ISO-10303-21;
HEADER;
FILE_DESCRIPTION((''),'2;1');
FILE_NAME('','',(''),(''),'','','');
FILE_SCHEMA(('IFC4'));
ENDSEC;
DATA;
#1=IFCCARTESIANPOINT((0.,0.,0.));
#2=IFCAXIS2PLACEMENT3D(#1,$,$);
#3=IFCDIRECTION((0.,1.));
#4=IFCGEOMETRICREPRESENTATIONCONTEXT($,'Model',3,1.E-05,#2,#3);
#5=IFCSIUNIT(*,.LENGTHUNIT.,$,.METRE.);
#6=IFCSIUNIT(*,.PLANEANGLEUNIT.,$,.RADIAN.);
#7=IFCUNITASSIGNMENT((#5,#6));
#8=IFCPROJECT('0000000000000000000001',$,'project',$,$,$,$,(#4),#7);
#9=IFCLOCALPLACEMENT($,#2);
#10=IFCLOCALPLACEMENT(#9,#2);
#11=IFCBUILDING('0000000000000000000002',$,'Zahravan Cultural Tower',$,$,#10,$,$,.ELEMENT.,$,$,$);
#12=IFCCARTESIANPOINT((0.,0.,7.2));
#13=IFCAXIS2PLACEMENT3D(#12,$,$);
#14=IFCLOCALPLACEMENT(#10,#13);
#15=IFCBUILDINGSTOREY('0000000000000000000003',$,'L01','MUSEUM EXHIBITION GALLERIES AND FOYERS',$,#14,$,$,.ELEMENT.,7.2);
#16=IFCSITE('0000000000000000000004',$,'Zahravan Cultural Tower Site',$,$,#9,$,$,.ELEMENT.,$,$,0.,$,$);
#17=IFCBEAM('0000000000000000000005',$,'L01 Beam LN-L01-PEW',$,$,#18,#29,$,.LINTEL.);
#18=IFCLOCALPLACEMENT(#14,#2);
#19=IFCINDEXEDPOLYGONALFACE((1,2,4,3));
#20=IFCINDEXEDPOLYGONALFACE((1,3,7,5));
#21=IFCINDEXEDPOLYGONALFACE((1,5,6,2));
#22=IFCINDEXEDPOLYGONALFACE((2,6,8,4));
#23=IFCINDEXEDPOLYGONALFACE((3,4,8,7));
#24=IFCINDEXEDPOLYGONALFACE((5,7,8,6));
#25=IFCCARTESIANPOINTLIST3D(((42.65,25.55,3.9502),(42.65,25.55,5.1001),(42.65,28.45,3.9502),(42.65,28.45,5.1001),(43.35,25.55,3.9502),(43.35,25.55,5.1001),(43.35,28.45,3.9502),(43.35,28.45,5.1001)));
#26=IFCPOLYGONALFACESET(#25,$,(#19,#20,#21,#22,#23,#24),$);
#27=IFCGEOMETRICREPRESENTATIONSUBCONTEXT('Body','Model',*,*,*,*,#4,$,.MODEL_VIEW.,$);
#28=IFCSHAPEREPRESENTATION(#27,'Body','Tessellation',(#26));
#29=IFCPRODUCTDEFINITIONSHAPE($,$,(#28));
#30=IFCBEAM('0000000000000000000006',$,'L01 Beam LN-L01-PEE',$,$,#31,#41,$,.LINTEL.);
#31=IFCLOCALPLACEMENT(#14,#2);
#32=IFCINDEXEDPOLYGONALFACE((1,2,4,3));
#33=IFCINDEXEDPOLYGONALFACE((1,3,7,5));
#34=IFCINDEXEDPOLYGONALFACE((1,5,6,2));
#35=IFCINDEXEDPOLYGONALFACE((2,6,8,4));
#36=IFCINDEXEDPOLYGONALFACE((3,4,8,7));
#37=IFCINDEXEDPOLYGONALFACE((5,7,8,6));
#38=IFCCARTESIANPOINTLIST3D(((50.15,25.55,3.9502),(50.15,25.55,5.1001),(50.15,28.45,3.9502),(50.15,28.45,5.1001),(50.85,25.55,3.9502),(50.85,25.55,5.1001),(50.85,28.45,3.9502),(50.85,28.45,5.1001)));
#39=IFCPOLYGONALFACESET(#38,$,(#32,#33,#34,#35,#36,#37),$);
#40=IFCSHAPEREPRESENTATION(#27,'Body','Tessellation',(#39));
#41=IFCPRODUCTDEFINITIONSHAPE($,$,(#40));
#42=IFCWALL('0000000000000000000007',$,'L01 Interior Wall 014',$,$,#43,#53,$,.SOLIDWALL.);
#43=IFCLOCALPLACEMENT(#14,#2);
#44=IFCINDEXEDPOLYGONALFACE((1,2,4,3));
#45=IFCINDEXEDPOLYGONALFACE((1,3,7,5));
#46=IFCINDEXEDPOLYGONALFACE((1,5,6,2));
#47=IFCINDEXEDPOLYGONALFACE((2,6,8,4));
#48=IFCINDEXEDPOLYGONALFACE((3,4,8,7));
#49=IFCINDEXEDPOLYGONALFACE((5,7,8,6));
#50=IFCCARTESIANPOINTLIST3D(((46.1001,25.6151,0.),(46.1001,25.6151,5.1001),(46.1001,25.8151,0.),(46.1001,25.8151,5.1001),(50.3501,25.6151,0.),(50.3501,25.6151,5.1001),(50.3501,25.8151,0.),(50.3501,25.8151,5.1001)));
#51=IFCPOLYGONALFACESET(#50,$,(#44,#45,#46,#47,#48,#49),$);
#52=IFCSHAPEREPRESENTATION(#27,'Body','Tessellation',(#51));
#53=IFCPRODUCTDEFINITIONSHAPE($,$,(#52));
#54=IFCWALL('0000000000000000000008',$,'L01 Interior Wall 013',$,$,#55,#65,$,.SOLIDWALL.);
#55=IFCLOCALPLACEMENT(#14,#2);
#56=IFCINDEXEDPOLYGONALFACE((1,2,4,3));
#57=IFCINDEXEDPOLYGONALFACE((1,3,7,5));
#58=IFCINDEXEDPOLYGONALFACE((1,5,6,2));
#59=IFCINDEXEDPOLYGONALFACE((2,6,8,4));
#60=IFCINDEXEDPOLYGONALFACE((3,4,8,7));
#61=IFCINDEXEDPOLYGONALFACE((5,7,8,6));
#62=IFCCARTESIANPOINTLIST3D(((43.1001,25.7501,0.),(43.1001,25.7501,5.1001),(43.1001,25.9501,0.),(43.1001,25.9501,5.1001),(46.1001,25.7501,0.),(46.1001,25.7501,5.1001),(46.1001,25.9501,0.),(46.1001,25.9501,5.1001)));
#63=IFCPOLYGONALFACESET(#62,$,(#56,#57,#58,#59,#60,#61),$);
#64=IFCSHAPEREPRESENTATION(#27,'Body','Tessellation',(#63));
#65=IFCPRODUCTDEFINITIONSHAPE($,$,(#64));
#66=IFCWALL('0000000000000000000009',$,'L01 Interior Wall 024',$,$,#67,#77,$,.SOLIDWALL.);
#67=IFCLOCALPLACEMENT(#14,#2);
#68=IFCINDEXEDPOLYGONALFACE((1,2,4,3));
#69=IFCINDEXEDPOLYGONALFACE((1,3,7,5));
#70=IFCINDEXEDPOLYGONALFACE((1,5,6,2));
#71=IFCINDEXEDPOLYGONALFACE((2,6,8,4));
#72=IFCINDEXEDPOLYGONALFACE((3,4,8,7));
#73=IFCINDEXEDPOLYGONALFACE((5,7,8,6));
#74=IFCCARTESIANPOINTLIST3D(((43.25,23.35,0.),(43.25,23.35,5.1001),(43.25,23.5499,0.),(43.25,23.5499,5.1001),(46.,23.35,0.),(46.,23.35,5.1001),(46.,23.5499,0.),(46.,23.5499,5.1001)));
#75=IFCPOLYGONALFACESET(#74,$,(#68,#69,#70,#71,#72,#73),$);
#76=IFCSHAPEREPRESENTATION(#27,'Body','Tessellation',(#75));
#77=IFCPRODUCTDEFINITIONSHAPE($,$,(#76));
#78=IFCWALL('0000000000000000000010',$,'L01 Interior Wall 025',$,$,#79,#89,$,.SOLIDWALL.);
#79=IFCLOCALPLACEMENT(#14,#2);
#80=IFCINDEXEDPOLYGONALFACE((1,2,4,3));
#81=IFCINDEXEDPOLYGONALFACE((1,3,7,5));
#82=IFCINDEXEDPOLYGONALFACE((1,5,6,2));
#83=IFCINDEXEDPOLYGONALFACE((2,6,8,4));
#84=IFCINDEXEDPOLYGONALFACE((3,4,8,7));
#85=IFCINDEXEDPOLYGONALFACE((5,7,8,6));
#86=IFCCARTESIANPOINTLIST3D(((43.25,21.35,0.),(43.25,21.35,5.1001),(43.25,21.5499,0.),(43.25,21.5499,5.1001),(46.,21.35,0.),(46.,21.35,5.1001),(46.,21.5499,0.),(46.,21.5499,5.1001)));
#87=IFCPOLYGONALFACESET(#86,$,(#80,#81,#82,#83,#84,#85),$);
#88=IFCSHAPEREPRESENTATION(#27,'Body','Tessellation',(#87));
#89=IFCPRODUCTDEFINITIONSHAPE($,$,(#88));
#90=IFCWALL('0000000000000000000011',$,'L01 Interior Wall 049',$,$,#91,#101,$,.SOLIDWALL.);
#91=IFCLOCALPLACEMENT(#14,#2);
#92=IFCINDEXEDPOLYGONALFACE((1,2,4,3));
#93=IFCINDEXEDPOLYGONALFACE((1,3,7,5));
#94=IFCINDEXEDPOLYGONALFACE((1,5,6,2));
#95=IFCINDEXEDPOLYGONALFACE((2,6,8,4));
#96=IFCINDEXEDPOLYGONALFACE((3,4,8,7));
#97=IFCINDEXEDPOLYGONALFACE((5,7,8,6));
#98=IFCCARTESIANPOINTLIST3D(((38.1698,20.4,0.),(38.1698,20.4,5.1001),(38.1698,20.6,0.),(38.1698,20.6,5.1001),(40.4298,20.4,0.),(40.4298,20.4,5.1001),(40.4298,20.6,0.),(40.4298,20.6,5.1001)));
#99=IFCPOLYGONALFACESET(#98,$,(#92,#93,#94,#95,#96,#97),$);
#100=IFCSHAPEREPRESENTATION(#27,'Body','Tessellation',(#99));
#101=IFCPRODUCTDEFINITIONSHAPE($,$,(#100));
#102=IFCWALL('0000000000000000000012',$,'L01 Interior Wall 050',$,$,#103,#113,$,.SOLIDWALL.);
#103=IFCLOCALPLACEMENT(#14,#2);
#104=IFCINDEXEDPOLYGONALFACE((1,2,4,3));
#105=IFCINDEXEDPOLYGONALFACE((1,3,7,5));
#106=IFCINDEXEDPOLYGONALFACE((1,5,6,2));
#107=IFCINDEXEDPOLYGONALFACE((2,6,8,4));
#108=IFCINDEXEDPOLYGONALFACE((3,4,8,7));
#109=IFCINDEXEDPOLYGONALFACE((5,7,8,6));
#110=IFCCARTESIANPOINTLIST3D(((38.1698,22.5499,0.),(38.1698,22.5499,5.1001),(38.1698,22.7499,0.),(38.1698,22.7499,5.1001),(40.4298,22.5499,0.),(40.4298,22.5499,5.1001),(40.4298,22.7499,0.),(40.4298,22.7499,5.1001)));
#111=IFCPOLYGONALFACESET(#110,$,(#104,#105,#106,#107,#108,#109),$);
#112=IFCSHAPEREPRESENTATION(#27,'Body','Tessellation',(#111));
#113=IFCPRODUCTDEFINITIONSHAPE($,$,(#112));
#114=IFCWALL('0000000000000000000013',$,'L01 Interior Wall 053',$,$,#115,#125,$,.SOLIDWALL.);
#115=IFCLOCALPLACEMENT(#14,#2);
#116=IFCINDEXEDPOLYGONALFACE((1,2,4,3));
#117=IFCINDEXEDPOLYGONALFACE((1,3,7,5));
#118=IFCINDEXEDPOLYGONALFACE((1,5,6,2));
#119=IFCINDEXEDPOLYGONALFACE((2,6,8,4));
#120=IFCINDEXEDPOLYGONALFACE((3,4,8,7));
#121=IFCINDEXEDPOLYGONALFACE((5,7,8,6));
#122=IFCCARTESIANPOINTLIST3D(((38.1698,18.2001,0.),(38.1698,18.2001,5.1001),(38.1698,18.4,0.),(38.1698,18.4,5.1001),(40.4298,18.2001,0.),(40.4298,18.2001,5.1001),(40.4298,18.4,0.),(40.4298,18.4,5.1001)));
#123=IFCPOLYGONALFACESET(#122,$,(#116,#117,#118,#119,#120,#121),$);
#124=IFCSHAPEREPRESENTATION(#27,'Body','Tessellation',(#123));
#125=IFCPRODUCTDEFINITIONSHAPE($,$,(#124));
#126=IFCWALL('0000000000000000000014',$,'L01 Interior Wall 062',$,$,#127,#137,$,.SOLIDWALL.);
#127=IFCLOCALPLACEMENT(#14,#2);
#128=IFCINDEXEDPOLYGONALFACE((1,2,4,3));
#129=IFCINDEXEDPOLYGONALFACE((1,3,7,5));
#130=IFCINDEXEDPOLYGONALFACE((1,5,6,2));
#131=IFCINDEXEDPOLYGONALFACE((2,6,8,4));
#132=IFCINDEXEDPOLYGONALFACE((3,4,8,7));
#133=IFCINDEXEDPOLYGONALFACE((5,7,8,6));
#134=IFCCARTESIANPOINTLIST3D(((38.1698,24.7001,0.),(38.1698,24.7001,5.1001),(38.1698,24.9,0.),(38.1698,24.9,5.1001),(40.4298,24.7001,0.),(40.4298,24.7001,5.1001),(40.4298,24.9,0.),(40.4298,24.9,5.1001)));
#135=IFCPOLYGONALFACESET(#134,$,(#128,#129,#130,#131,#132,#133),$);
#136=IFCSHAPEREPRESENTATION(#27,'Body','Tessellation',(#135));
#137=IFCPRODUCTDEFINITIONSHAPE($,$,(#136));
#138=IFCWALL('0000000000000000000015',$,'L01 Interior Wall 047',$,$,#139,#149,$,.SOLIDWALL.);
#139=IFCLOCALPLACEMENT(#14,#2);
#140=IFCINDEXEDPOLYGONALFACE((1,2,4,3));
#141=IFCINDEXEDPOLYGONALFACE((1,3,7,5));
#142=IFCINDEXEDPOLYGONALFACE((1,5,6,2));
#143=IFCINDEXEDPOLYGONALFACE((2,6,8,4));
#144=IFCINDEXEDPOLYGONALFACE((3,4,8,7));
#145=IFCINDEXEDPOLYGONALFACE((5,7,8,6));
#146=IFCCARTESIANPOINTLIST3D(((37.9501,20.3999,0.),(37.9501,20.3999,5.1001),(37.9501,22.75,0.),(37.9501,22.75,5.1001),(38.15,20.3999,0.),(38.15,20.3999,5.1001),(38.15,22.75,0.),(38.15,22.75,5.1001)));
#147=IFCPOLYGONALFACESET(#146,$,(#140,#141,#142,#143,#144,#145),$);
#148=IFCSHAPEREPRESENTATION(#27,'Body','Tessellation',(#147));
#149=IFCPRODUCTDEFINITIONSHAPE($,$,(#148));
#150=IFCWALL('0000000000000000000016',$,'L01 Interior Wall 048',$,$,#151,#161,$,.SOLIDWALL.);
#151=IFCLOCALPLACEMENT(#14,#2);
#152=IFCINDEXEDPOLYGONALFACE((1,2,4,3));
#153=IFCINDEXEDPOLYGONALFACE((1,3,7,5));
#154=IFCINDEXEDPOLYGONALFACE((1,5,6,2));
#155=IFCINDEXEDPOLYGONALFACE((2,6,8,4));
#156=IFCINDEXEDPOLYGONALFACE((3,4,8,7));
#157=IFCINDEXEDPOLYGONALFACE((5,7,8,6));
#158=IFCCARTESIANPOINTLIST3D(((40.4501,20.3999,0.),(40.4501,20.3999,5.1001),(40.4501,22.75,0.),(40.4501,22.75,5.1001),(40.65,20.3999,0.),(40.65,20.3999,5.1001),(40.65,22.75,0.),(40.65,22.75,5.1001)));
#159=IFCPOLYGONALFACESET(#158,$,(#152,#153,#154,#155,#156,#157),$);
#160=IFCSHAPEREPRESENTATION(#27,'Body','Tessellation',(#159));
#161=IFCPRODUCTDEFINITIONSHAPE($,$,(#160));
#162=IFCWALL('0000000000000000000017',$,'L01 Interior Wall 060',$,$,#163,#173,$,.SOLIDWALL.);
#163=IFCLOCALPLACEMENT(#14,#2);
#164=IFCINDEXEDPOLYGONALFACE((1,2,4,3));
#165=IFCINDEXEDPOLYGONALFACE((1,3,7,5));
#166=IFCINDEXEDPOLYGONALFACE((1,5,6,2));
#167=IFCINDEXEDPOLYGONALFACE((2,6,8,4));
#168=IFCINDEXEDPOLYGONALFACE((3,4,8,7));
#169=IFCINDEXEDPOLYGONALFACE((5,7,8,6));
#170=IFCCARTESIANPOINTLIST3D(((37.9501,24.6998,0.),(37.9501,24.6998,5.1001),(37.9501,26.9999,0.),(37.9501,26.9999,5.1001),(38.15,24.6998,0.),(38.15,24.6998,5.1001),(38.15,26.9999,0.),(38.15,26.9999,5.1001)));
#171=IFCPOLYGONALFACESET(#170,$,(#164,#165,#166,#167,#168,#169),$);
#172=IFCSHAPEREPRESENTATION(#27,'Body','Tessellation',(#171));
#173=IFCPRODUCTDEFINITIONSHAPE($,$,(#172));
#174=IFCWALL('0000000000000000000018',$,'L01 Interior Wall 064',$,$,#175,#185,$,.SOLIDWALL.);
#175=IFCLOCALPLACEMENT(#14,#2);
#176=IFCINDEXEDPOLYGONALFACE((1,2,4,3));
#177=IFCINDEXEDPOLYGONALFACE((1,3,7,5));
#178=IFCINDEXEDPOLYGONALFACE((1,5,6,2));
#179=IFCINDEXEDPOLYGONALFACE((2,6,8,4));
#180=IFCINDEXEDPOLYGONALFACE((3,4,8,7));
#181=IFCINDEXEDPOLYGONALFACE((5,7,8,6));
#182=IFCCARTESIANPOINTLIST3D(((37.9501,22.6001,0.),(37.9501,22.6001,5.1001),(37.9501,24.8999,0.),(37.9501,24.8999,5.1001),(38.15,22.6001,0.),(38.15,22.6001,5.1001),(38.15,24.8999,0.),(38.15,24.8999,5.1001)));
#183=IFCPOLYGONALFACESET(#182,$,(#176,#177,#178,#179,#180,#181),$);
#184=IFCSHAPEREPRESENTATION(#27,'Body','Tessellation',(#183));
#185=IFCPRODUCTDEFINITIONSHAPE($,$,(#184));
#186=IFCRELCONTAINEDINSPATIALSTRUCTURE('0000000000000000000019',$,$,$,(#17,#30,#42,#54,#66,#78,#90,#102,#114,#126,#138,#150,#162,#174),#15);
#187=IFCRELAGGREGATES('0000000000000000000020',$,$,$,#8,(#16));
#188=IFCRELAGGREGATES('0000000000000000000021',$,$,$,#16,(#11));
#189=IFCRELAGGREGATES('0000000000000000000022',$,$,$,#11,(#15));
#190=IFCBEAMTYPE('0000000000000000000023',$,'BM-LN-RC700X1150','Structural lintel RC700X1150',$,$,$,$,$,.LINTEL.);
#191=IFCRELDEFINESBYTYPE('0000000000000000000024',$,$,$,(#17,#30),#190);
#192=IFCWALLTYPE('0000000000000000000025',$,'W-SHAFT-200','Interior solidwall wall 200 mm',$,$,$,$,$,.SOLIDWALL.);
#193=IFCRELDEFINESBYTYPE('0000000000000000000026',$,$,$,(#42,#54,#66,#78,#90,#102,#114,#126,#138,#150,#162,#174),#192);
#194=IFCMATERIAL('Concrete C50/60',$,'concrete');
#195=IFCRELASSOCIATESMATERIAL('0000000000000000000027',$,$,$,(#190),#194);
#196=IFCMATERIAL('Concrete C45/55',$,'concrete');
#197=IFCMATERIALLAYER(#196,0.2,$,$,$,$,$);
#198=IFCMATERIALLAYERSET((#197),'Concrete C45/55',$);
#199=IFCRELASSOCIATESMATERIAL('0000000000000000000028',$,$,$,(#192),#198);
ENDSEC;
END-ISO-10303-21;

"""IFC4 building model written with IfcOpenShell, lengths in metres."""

from ifc_helpers import new_model, si_unit, direction, frame, frame_2d, origin, origin_2d, place, context, subcontext, project, spatial, rectangle, extrude, source, transform, mapped, material, layer, layer_set, material_profile, profile_set, type_object, element, save


model = new_model("IFC4")

# Units and contexts
model_context = context("Model", 3, precision=1e-05, world=origin(), true_north=direction((0.0, 1.0)))
body_context = subcontext(model_context, "Body", "Model", "MODEL_VIEW")
ifc_project = project(units=[si_unit("LENGTHUNIT", "METRE"), si_unit("PLANEANGLEUNIT", "RADIAN")], contexts=[model_context])

# Site, building, storey
site_placement = place(None, origin())
site = spatial("IfcSite", under=ifc_project, at=site_placement, Name="Zahravan Cultural Tower Site", CompositionType="ELEMENT", RefElevation=0.0)
building_placement = place(site_placement, origin())
building = spatial("IfcBuilding", under=site, at=building_placement, Name="Zahravan Cultural Tower", CompositionType="ELEMENT")
storey_placement = place(building_placement, frame((0.0, 0.0, 7.2)))
storey = spatial("IfcBuildingStorey", under=building, at=storey_placement, Name="L01", Description="MUSEUM EXHIBITION GALLERIES AND FOYERS", CompositionType="ELEMENT", Elevation=7.2)

# Beams
ifc_material_1 = material(Name="Concrete C50/60", Category="concrete")
ifc_material_profile = material_profile(ifc_material_1, rectangle(XDim=0.7, YDim=1.1499, at=origin_2d()), Name="RC700X1150")
ifc_profile_set = profile_set([ifc_material_profile], Name="Concrete C50/60")
beam_type = type_object("IfcBeamType", Name="BM-LN-RC700X1150", Description="Structural lintel RC700X1150", PredefinedType="LINTEL", material=ifc_profile_set)
shared_shape_1 = source(origin(), body_context, "Body", "SweptSolid", [
    extrude(rectangle(XDim=0.7, YDim=1.1499, at=origin_2d()), origin(), (0.0, 0.0, 1.0), 2.8999),
])
for number, where, z_axis, x_axis, name in (
    (1, (43.0, 25.55, 4.5251), (0.0, 1.0, 0.0), (-1.0, 0.0, 0.0), "L01 Beam LN-L01-PEW"),
    (2, (50.5, 25.55, 4.5251), (0.0, 1.0, 0.0), (-1.0, 0.0, 0.0), "L01 Beam LN-L01-PEE"),
):
    element("IfcBeam", number, at=place(storey_placement, frame(where, z_axis=z_axis, x_axis=x_axis)), inside=storey, type_object=beam_type, Name=name, PredefinedType="LINTEL", context=body_context, shape_type="MappedRepresentation", body=[
        mapped(shared_shape_1, transform((0.0, 0.0, 0.0), x_axis=(1.0, 0.0, 0.0), y_axis=(0.0, 1.0, 0.0), z_axis=(0.0, 0.0, 1.0), scale=1.0)),
    ])

# Shared definitions
ifc_material_2 = material(Name="Concrete C45/55", Category="concrete")
ifc_layer = layer(ifc_material_2, 0.2)
ifc_layer_set = layer_set([ifc_layer], Name="Concrete C45/55")
wall_type = type_object("IfcWallType", Name="W-SHAFT-200", Description="Interior solidwall wall 200 mm", PredefinedType="SOLIDWALL", material=ifc_layer_set)

# Walls
shared_shape_2 = source(origin(), body_context, "Body", "SweptSolid", [
    extrude(rectangle(XDim=4.25, YDim=0.2, at=frame_2d((2.125, 0.0))), origin(), (0.0, 0.0, 1.0), 5.1001),
])
wall_1_placement = place(storey_placement, frame((46.1001, 25.7151, 0.0), z_axis=(0.0, 0.0, 1.0), x_axis=(1.0, 0.0, 0.0)))
element("IfcWall", 3, at=wall_1_placement, inside=storey, type_object=wall_type, Name="L01 Interior Wall 014", PredefinedType="SOLIDWALL", context=body_context, shape_type="MappedRepresentation", body=[
    mapped(shared_shape_2, transform((0.0, 0.0, 0.0), x_axis=(1.0, 0.0, 0.0), y_axis=(0.0, 1.0, 0.0), z_axis=(0.0, 0.0, 1.0), scale=1.0)),
])
shared_shape_3 = source(origin(), body_context, "Body", "SweptSolid", [
    extrude(rectangle(XDim=3.0, YDim=0.2, at=frame_2d((1.5, 0.0))), origin(), (0.0, 0.0, 1.0), 5.1001),
])
wall_2_placement = place(storey_placement, frame((43.1001, 25.8501, 0.0), z_axis=(0.0, 0.0, 1.0), x_axis=(1.0, 0.0, 0.0)))
element("IfcWall", 4, at=wall_2_placement, inside=storey, type_object=wall_type, Name="L01 Interior Wall 013", PredefinedType="SOLIDWALL", context=body_context, shape_type="MappedRepresentation", body=[
    mapped(shared_shape_3, transform((0.0, 0.0, 0.0), x_axis=(1.0, 0.0, 0.0), y_axis=(0.0, 1.0, 0.0), z_axis=(0.0, 0.0, 1.0), scale=1.0)),
])
shared_shape_4 = source(origin(), body_context, "Body", "SweptSolid", [
    extrude(rectangle(XDim=2.75, YDim=0.2, at=frame_2d((1.375, 0.0))), origin(), (0.0, 0.0, 1.0), 5.1001),
])
for number, where, z_axis, x_axis, name in (
    (5, (43.25, 23.45, 0.0), (0.0, 0.0, 1.0), (1.0, 0.0, 0.0), "L01 Interior Wall 024"),
    (6, (43.25, 21.45, 0.0), (0.0, 0.0, 1.0), (1.0, 0.0, 0.0), "L01 Interior Wall 025"),
):
    element("IfcWall", number, at=place(storey_placement, frame(where, z_axis=z_axis, x_axis=x_axis)), inside=storey, type_object=wall_type, Name=name, PredefinedType="SOLIDWALL", context=body_context, shape_type="MappedRepresentation", body=[
        mapped(shared_shape_4, transform((0.0, 0.0, 0.0), x_axis=(1.0, 0.0, 0.0), y_axis=(0.0, 1.0, 0.0), z_axis=(0.0, 0.0, 1.0), scale=1.0)),
    ])
shared_shape_5 = source(origin(), body_context, "Body", "SweptSolid", [
    extrude(rectangle(XDim=2.26, YDim=0.2, at=frame_2d((1.1299, 0.0))), origin(), (0.0, 0.0, 1.0), 5.1001),
])
for number, where, z_axis, x_axis, name in (
    (7, (38.1699, 20.5, 0.0), (0.0, 0.0, 1.0), (1.0, 0.0, 0.0), "L01 Interior Wall 049"),
    (8, (38.1699, 22.6499, 0.0), (0.0, 0.0, 1.0), (1.0, 0.0, 0.0), "L01 Interior Wall 050"),
    (9, (38.1699, 18.3, 0.0), (0.0, 0.0, 1.0), (1.0, 0.0, 0.0), "L01 Interior Wall 053"),
    (10, (38.1699, 24.8, 0.0), (0.0, 0.0, 1.0), (1.0, 0.0, 0.0), "L01 Interior Wall 062"),
):
    element("IfcWall", number, at=place(storey_placement, frame(where, z_axis=z_axis, x_axis=x_axis)), inside=storey, type_object=wall_type, Name=name, PredefinedType="SOLIDWALL", context=body_context, shape_type="MappedRepresentation", body=[
        mapped(shared_shape_5, transform((0.0, 0.0, 0.0), x_axis=(1.0, 0.0, 0.0), y_axis=(0.0, 1.0, 0.0), z_axis=(0.0, 0.0, 1.0), scale=1.0)),
    ])
shared_shape_6 = source(origin(), body_context, "Body", "SweptSolid", [
    extrude(rectangle(XDim=2.3501, YDim=0.2, at=frame_2d((1.175, 0.0))), origin(), (0.0, 0.0, 1.0), 5.1001),
])
for number, where, z_axis, x_axis, name in (
    (11, (38.05, 20.3999, 0.0), (0.0, 0.0, 1.0), (0.0, 1.0, 0.0), "L01 Interior Wall 047"),
    (12, (40.55, 20.3999, 0.0), (0.0, 0.0, 1.0), (0.0, 1.0, 0.0), "L01 Interior Wall 048"),
):
    element("IfcWall", number, at=place(storey_placement, frame(where, z_axis=z_axis, x_axis=x_axis)), inside=storey, type_object=wall_type, Name=name, PredefinedType="SOLIDWALL", context=body_context, shape_type="MappedRepresentation", body=[
        mapped(shared_shape_6, transform((0.0, 0.0, 0.0), x_axis=(1.0, 0.0, 0.0), y_axis=(0.0, 1.0, 0.0), z_axis=(0.0, 0.0, 1.0), scale=1.0)),
    ])
shared_shape_7 = source(origin(), body_context, "Body", "SweptSolid", [
    extrude(rectangle(XDim=2.3, YDim=0.2, at=frame_2d((1.1499, 0.0))), origin(), (0.0, 0.0, 1.0), 5.1001),
])
wall_3_placement = place(storey_placement, frame((38.05, 24.7, 0.0), z_axis=(0.0, 0.0, 1.0), x_axis=(0.0, 1.0, 0.0)))
element("IfcWall", 13, at=wall_3_placement, inside=storey, type_object=wall_type, Name="L01 Interior Wall 060", PredefinedType="SOLIDWALL", context=body_context, shape_type="MappedRepresentation", body=[
    mapped(shared_shape_7, transform((0.0, 0.0, 0.0), x_axis=(1.0, 0.0, 0.0), y_axis=(0.0, 1.0, 0.0), z_axis=(0.0, 0.0, 1.0), scale=1.0)),
])
shared_shape_8 = source(origin(), body_context, "Body", "SweptSolid", [
    extrude(rectangle(XDim=2.2998, YDim=0.2, at=frame_2d((1.1499, 0.0))), origin(), (0.0, 0.0, 1.0), 5.1001),
])
wall_4_placement = place(storey_placement, frame((38.05, 22.6001, 0.0), z_axis=(0.0, 0.0, 1.0), x_axis=(0.0, 1.0, 0.0)))
element("IfcWall", 14, at=wall_4_placement, inside=storey, type_object=wall_type, Name="L01 Interior Wall 064", PredefinedType="SOLIDWALL", context=body_context, shape_type="MappedRepresentation", body=[
    mapped(shared_shape_8, transform((0.0, 0.0, 0.0), x_axis=(1.0, 0.0, 0.0), y_axis=(0.0, 1.0, 0.0), z_axis=(0.0, 0.0, 1.0), scale=1.0)),
])

save(model, "model.ifc")
